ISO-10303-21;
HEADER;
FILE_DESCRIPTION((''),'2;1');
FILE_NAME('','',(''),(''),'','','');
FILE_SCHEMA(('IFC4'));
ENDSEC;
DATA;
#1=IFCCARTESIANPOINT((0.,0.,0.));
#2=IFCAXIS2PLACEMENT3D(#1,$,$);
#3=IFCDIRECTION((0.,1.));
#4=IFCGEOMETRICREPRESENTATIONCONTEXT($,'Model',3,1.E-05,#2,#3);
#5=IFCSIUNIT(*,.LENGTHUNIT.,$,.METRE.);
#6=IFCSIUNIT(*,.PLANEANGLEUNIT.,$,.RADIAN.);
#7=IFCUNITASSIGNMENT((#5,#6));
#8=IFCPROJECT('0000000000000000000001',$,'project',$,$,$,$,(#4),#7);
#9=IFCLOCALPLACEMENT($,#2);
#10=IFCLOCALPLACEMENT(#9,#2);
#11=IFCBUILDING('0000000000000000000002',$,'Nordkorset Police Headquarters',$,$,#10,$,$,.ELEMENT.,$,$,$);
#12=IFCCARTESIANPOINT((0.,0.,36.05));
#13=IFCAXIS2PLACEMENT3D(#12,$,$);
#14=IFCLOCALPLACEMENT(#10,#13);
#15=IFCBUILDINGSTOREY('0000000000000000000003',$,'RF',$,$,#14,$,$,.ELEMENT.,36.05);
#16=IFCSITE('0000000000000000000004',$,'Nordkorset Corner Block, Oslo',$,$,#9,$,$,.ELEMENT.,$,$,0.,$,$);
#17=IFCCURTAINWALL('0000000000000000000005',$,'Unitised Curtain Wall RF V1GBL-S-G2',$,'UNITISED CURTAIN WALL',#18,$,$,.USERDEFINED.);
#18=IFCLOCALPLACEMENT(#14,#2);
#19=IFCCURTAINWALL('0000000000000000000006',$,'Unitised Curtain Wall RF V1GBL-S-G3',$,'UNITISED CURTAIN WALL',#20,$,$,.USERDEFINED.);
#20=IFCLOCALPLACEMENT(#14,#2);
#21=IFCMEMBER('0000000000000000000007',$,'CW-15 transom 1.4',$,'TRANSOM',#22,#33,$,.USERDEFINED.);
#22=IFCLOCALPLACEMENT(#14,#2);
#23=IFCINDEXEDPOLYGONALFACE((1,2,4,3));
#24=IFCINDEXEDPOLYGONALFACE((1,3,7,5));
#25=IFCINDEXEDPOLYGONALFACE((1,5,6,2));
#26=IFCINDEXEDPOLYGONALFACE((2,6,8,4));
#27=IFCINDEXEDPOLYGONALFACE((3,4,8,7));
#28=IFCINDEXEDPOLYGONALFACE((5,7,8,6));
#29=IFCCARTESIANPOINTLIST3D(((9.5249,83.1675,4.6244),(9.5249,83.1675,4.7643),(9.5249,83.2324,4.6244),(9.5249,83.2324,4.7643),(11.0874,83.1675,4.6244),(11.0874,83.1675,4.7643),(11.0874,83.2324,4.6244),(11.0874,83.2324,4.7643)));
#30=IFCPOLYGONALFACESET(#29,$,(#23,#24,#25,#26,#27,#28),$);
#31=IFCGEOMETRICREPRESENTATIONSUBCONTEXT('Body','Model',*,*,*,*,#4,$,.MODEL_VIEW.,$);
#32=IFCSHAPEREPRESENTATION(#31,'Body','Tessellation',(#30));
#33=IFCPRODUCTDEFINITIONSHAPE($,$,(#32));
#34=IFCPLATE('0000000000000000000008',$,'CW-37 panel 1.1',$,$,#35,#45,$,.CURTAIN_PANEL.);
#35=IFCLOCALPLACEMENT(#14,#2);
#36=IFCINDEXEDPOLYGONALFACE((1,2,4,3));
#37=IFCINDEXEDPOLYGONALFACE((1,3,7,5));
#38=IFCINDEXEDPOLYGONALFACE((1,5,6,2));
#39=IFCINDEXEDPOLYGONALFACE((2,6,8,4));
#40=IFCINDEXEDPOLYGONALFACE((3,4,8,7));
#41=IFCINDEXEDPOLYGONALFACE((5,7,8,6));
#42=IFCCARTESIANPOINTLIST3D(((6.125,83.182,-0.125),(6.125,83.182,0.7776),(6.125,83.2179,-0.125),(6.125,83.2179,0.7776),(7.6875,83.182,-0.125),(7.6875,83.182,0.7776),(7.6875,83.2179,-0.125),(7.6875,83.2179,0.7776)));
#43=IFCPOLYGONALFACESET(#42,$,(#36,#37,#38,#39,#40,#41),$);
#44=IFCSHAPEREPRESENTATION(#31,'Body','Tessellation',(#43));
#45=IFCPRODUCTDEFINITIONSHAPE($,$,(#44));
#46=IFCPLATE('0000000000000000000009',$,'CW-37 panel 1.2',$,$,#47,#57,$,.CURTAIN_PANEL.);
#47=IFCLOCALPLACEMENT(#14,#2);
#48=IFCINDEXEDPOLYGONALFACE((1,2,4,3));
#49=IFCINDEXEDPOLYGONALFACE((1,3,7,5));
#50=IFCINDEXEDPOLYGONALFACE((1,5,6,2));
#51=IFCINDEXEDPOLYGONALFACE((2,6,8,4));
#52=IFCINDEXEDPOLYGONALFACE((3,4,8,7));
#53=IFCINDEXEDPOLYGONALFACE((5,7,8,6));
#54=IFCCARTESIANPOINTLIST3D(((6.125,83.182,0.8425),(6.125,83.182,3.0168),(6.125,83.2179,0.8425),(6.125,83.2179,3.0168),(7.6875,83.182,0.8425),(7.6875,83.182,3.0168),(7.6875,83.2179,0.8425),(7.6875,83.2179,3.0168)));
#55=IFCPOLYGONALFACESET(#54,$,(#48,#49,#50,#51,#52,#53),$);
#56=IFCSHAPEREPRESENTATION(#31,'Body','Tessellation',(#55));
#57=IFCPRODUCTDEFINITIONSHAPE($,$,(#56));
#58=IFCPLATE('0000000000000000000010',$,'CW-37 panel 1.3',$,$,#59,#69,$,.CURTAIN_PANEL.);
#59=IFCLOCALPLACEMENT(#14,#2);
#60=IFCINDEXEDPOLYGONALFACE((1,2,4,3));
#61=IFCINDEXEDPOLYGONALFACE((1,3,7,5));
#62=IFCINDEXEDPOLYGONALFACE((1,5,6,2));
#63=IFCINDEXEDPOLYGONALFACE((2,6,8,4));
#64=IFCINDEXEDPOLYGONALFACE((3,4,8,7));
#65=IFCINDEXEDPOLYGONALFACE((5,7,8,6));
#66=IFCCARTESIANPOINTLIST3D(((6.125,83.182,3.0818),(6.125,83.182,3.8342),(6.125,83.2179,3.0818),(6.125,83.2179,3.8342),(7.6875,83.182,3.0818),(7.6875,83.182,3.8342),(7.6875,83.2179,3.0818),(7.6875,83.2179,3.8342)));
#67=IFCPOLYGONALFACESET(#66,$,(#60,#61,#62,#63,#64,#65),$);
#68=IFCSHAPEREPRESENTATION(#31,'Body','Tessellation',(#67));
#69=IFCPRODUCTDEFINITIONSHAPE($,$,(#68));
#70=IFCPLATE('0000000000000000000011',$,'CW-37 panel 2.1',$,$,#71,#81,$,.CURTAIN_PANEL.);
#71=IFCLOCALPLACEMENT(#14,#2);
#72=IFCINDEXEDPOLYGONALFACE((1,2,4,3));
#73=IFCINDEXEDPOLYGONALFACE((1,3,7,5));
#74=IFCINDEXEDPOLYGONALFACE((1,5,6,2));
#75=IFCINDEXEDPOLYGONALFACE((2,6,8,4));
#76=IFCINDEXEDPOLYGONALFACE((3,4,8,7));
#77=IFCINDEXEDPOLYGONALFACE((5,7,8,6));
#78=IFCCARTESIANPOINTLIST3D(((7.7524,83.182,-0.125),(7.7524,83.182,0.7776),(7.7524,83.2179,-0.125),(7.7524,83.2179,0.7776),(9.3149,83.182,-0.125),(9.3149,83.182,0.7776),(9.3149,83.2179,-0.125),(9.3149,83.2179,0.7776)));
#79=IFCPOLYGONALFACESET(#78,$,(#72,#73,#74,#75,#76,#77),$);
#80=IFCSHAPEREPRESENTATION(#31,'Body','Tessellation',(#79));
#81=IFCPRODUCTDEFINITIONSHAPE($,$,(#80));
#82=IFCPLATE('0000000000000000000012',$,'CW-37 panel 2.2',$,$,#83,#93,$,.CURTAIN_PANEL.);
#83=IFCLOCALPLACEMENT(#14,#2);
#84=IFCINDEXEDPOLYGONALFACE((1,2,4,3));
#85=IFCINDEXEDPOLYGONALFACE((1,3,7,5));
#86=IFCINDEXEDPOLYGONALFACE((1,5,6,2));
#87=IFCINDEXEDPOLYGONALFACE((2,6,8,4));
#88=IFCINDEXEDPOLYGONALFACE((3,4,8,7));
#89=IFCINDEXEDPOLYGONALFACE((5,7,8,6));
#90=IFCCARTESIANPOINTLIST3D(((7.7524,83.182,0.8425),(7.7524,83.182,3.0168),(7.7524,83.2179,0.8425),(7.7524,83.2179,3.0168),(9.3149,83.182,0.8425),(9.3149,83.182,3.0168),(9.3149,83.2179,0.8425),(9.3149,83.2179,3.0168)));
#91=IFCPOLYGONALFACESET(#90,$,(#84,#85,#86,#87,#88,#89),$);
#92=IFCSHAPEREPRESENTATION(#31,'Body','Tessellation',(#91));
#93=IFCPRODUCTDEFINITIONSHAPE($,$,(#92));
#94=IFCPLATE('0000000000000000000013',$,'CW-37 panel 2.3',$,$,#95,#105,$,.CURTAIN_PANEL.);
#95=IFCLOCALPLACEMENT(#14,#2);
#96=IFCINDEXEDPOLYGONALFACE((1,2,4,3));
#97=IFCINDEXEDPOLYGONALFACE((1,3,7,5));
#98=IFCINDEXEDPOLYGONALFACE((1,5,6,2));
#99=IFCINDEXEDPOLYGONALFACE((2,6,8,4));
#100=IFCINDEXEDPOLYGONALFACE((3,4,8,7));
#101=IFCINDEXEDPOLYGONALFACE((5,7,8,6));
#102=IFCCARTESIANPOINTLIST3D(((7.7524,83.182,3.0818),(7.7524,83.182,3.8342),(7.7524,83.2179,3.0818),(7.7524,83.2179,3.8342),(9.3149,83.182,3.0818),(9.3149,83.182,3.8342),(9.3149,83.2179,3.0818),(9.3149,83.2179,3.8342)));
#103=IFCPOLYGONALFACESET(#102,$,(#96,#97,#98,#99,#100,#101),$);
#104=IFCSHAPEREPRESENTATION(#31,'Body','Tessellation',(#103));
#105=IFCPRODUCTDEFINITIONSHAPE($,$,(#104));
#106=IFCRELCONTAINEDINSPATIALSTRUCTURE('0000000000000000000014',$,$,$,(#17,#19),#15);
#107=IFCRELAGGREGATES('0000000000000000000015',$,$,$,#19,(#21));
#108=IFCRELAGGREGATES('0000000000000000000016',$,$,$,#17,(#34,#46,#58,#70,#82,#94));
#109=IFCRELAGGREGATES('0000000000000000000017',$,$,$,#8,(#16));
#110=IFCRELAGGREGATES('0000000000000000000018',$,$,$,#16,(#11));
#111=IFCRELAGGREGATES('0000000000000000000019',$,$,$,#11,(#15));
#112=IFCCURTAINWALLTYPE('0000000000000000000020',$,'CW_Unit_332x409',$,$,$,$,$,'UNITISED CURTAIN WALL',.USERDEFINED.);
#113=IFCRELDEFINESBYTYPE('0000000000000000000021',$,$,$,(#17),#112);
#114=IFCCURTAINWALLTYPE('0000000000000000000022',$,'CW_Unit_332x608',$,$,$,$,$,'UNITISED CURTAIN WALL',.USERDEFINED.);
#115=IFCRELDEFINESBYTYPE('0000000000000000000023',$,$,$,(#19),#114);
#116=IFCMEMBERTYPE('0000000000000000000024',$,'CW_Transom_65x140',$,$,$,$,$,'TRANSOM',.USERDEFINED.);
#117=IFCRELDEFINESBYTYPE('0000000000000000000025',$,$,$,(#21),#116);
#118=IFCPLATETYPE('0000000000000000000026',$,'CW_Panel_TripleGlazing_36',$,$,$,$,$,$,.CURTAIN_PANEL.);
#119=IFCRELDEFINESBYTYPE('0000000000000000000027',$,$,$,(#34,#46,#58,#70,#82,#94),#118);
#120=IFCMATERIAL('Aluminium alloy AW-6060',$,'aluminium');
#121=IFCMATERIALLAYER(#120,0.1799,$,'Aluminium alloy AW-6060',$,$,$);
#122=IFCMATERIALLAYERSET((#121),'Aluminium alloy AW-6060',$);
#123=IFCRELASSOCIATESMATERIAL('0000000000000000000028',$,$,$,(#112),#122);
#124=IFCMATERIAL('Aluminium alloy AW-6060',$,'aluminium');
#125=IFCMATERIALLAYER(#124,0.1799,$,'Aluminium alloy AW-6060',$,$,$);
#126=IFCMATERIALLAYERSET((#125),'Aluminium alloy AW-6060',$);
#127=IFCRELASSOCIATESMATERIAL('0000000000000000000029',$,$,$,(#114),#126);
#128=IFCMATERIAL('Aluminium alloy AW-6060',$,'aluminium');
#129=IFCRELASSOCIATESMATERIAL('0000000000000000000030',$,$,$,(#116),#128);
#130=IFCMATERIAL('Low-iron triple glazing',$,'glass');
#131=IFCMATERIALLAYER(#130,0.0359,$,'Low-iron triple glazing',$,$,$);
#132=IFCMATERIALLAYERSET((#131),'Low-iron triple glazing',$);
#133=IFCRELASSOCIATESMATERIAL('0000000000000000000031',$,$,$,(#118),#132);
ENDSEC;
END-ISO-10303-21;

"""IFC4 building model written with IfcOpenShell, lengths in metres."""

from ifc_helpers import new_model, si_unit, direction, frame, origin, origin_2d, place, context, subcontext, project, spatial, rectangle, extrude, material, layer, layer_set, material_profile, profile_set, type_object, element, aggregate, save


model = new_model("IFC4")

# Units and contexts
model_context = context("Model", 3, precision=1e-05, world=origin(), true_north=direction((0.0, 1.0)))
body_context = subcontext(model_context, "Body", "Model", "MODEL_VIEW")
ifc_project = project(units=[si_unit("LENGTHUNIT", "METRE"), si_unit("PLANEANGLEUNIT", "RADIAN")], contexts=[model_context])

# Site, building, storey
site_placement = place(None, origin())
site = spatial("IfcSite", under=ifc_project, at=site_placement, Name="Nordkorset Corner Block, Oslo", CompositionType="ELEMENT", RefElevation=0.0)
building_placement = place(site_placement, origin())
building = spatial("IfcBuilding", under=site, at=building_placement, Name="Nordkorset Police Headquarters", CompositionType="ELEMENT")
storey_placement = place(building_placement, frame((0.0, 0.0, 36.05)))
storey = spatial("IfcBuildingStorey", under=building, at=storey_placement, Name="RF", CompositionType="ELEMENT", Elevation=36.05)

# Curtain wall
ifc_material_1 = material(Name="Aluminium alloy AW-6060", Category="aluminium")
ifc_layer_1 = layer(ifc_material_1, 0.1799, Name="Aluminium alloy AW-6060")
ifc_layer_set_1 = layer_set([ifc_layer_1], Name="Aluminium alloy AW-6060")
curtain_wall_type_1 = type_object("IfcCurtainWallType", Name="CW_Unit_332x409", ElementType="UNITISED CURTAIN WALL", PredefinedType="USERDEFINED", material=ifc_layer_set_1)
curtain_wall_1_placement = place(storey_placement, origin())
curtain_wall_1 = element("IfcCurtainWall", 1, at=curtain_wall_1_placement, inside=storey, type_object=curtain_wall_type_1, Name="Unitised Curtain Wall RF V1GBL-S-G2", ObjectType="UNITISED CURTAIN WALL", PredefinedType="USERDEFINED")

# Curtain wall
ifc_material_2 = material(Name="Aluminium alloy AW-6060", Category="aluminium")
ifc_layer_2 = layer(ifc_material_2, 0.1799, Name="Aluminium alloy AW-6060")
ifc_layer_set_2 = layer_set([ifc_layer_2], Name="Aluminium alloy AW-6060")
curtain_wall_type_2 = type_object("IfcCurtainWallType", Name="CW_Unit_332x608", ElementType="UNITISED CURTAIN WALL", PredefinedType="USERDEFINED", material=ifc_layer_set_2)
curtain_wall_2_placement = place(storey_placement, origin())
curtain_wall_2 = element("IfcCurtainWall", 2, at=curtain_wall_2_placement, inside=storey, type_object=curtain_wall_type_2, Name="Unitised Curtain Wall RF V1GBL-S-G3", ObjectType="UNITISED CURTAIN WALL", PredefinedType="USERDEFINED")

# Member
ifc_material_3 = material(Name="Aluminium alloy AW-6060", Category="aluminium")
ifc_material_profile_1 = material_profile(ifc_material_3, rectangle(XDim=0.0649, YDim=0.1399, at=origin_2d()), Name="ALU TRAN 65x140")
ifc_profile_set_1 = profile_set([ifc_material_profile_1], Name="Aluminium alloy AW-6060")
member_type_1 = type_object("IfcMemberType", Name="CW_Transom_65x140", ElementType="TRANSOM", PredefinedType="USERDEFINED", material=ifc_profile_set_1)
member_1_placement = place(storey_placement, frame((9.5249, 83.2, 4.6943), z_axis=(1.0, 0.0, 0.0), x_axis=(0.0, 1.0, 0.0)))
member_1 = element("IfcMember", 3, at=member_1_placement, type_object=member_type_1, Name="CW-15 transom 1.4", ObjectType="TRANSOM", PredefinedType="USERDEFINED", context=body_context, shape_type="SweptSolid", body=[
    extrude(rectangle(XDim=0.0649, YDim=0.1399, at=origin_2d()), origin(), (0.0, 0.0, 1.0), 1.5625),
])
aggregate(curtain_wall_2, [member_1])

# Plates
ifc_material_4 = material(Name="Low-iron triple glazing", Category="glass")
ifc_layer_3 = layer(ifc_material_4, 0.0359, Name="Low-iron triple glazing")
ifc_layer_set_3 = layer_set([ifc_layer_3], Name="Low-iron triple glazing")
plate_type = type_object("IfcPlateType", Name="CW_Panel_TripleGlazing_36", PredefinedType="CURTAIN_PANEL", material=ifc_layer_set_3)
plate_1_placement = place(storey_placement, frame((6.9062, 83.2, -0.125), z_axis=(0.0, 0.0, 1.0), x_axis=(1.0, 0.0, 0.0)))
plate_1 = element("IfcPlate", 4, at=plate_1_placement, type_object=plate_type, Name="CW-37 panel 1.1", PredefinedType="CURTAIN_PANEL", context=body_context, shape_type="SweptSolid", body=[
    extrude(rectangle(XDim=1.5625, YDim=0.0359, at=origin_2d()), origin(), (0.0, 0.0, 1.0), 0.9026),
])
plate_2_placement = place(storey_placement, frame((6.9062, 83.2, 0.8425), z_axis=(0.0, 0.0, 1.0), x_axis=(1.0, 0.0, 0.0)))
plate_2 = element("IfcPlate", 5, at=plate_2_placement, type_object=plate_type, Name="CW-37 panel 1.2", PredefinedType="CURTAIN_PANEL", context=body_context, shape_type="SweptSolid", body=[
    extrude(rectangle(XDim=1.5625, YDim=0.0359, at=origin_2d()), origin(), (0.0, 0.0, 1.0), 2.1743),
])
plate_3_placement = place(storey_placement, frame((6.9062, 83.2, 3.0818), z_axis=(0.0, 0.0, 1.0), x_axis=(1.0, 0.0, 0.0)))
plate_3 = element("IfcPlate", 6, at=plate_3_placement, type_object=plate_type, Name="CW-37 panel 1.3", PredefinedType="CURTAIN_PANEL", context=body_context, shape_type="SweptSolid", body=[
    extrude(rectangle(XDim=1.5625, YDim=0.0359, at=origin_2d()), origin(), (0.0, 0.0, 1.0), 0.7524),
])
plate_4_placement = place(storey_placement, frame((8.5337, 83.2, -0.125), z_axis=(0.0, 0.0, 1.0), x_axis=(1.0, 0.0, 0.0)))
plate_4 = element("IfcPlate", 7, at=plate_4_placement, type_object=plate_type, Name="CW-37 panel 2.1", PredefinedType="CURTAIN_PANEL", context=body_context, shape_type="SweptSolid", body=[
    extrude(rectangle(XDim=1.5625, YDim=0.0359, at=origin_2d()), origin(), (0.0, 0.0, 1.0), 0.9026),
])
plate_5_placement = place(storey_placement, frame((8.5337, 83.2, 0.8425), z_axis=(0.0, 0.0, 1.0), x_axis=(1.0, 0.0, 0.0)))
plate_5 = element("IfcPlate", 8, at=plate_5_placement, type_object=plate_type, Name="CW-37 panel 2.2", PredefinedType="CURTAIN_PANEL", context=body_context, shape_type="SweptSolid", body=[
    extrude(rectangle(XDim=1.5625, YDim=0.0359, at=origin_2d()), origin(), (0.0, 0.0, 1.0), 2.1743),
])
plate_6_placement = place(storey_placement, frame((8.5337, 83.2, 3.0818), z_axis=(0.0, 0.0, 1.0), x_axis=(1.0, 0.0, 0.0)))
plate_6 = element("IfcPlate", 9, at=plate_6_placement, type_object=plate_type, Name="CW-37 panel 2.3", PredefinedType="CURTAIN_PANEL", context=body_context, shape_type="SweptSolid", body=[
    extrude(rectangle(XDim=1.5625, YDim=0.0359, at=origin_2d()), origin(), (0.0, 0.0, 1.0), 0.7524),
])
aggregate(curtain_wall_1, [plate_1, plate_2, plate_3, plate_4, plate_5, plate_6])

save(model, "model.ifc")
